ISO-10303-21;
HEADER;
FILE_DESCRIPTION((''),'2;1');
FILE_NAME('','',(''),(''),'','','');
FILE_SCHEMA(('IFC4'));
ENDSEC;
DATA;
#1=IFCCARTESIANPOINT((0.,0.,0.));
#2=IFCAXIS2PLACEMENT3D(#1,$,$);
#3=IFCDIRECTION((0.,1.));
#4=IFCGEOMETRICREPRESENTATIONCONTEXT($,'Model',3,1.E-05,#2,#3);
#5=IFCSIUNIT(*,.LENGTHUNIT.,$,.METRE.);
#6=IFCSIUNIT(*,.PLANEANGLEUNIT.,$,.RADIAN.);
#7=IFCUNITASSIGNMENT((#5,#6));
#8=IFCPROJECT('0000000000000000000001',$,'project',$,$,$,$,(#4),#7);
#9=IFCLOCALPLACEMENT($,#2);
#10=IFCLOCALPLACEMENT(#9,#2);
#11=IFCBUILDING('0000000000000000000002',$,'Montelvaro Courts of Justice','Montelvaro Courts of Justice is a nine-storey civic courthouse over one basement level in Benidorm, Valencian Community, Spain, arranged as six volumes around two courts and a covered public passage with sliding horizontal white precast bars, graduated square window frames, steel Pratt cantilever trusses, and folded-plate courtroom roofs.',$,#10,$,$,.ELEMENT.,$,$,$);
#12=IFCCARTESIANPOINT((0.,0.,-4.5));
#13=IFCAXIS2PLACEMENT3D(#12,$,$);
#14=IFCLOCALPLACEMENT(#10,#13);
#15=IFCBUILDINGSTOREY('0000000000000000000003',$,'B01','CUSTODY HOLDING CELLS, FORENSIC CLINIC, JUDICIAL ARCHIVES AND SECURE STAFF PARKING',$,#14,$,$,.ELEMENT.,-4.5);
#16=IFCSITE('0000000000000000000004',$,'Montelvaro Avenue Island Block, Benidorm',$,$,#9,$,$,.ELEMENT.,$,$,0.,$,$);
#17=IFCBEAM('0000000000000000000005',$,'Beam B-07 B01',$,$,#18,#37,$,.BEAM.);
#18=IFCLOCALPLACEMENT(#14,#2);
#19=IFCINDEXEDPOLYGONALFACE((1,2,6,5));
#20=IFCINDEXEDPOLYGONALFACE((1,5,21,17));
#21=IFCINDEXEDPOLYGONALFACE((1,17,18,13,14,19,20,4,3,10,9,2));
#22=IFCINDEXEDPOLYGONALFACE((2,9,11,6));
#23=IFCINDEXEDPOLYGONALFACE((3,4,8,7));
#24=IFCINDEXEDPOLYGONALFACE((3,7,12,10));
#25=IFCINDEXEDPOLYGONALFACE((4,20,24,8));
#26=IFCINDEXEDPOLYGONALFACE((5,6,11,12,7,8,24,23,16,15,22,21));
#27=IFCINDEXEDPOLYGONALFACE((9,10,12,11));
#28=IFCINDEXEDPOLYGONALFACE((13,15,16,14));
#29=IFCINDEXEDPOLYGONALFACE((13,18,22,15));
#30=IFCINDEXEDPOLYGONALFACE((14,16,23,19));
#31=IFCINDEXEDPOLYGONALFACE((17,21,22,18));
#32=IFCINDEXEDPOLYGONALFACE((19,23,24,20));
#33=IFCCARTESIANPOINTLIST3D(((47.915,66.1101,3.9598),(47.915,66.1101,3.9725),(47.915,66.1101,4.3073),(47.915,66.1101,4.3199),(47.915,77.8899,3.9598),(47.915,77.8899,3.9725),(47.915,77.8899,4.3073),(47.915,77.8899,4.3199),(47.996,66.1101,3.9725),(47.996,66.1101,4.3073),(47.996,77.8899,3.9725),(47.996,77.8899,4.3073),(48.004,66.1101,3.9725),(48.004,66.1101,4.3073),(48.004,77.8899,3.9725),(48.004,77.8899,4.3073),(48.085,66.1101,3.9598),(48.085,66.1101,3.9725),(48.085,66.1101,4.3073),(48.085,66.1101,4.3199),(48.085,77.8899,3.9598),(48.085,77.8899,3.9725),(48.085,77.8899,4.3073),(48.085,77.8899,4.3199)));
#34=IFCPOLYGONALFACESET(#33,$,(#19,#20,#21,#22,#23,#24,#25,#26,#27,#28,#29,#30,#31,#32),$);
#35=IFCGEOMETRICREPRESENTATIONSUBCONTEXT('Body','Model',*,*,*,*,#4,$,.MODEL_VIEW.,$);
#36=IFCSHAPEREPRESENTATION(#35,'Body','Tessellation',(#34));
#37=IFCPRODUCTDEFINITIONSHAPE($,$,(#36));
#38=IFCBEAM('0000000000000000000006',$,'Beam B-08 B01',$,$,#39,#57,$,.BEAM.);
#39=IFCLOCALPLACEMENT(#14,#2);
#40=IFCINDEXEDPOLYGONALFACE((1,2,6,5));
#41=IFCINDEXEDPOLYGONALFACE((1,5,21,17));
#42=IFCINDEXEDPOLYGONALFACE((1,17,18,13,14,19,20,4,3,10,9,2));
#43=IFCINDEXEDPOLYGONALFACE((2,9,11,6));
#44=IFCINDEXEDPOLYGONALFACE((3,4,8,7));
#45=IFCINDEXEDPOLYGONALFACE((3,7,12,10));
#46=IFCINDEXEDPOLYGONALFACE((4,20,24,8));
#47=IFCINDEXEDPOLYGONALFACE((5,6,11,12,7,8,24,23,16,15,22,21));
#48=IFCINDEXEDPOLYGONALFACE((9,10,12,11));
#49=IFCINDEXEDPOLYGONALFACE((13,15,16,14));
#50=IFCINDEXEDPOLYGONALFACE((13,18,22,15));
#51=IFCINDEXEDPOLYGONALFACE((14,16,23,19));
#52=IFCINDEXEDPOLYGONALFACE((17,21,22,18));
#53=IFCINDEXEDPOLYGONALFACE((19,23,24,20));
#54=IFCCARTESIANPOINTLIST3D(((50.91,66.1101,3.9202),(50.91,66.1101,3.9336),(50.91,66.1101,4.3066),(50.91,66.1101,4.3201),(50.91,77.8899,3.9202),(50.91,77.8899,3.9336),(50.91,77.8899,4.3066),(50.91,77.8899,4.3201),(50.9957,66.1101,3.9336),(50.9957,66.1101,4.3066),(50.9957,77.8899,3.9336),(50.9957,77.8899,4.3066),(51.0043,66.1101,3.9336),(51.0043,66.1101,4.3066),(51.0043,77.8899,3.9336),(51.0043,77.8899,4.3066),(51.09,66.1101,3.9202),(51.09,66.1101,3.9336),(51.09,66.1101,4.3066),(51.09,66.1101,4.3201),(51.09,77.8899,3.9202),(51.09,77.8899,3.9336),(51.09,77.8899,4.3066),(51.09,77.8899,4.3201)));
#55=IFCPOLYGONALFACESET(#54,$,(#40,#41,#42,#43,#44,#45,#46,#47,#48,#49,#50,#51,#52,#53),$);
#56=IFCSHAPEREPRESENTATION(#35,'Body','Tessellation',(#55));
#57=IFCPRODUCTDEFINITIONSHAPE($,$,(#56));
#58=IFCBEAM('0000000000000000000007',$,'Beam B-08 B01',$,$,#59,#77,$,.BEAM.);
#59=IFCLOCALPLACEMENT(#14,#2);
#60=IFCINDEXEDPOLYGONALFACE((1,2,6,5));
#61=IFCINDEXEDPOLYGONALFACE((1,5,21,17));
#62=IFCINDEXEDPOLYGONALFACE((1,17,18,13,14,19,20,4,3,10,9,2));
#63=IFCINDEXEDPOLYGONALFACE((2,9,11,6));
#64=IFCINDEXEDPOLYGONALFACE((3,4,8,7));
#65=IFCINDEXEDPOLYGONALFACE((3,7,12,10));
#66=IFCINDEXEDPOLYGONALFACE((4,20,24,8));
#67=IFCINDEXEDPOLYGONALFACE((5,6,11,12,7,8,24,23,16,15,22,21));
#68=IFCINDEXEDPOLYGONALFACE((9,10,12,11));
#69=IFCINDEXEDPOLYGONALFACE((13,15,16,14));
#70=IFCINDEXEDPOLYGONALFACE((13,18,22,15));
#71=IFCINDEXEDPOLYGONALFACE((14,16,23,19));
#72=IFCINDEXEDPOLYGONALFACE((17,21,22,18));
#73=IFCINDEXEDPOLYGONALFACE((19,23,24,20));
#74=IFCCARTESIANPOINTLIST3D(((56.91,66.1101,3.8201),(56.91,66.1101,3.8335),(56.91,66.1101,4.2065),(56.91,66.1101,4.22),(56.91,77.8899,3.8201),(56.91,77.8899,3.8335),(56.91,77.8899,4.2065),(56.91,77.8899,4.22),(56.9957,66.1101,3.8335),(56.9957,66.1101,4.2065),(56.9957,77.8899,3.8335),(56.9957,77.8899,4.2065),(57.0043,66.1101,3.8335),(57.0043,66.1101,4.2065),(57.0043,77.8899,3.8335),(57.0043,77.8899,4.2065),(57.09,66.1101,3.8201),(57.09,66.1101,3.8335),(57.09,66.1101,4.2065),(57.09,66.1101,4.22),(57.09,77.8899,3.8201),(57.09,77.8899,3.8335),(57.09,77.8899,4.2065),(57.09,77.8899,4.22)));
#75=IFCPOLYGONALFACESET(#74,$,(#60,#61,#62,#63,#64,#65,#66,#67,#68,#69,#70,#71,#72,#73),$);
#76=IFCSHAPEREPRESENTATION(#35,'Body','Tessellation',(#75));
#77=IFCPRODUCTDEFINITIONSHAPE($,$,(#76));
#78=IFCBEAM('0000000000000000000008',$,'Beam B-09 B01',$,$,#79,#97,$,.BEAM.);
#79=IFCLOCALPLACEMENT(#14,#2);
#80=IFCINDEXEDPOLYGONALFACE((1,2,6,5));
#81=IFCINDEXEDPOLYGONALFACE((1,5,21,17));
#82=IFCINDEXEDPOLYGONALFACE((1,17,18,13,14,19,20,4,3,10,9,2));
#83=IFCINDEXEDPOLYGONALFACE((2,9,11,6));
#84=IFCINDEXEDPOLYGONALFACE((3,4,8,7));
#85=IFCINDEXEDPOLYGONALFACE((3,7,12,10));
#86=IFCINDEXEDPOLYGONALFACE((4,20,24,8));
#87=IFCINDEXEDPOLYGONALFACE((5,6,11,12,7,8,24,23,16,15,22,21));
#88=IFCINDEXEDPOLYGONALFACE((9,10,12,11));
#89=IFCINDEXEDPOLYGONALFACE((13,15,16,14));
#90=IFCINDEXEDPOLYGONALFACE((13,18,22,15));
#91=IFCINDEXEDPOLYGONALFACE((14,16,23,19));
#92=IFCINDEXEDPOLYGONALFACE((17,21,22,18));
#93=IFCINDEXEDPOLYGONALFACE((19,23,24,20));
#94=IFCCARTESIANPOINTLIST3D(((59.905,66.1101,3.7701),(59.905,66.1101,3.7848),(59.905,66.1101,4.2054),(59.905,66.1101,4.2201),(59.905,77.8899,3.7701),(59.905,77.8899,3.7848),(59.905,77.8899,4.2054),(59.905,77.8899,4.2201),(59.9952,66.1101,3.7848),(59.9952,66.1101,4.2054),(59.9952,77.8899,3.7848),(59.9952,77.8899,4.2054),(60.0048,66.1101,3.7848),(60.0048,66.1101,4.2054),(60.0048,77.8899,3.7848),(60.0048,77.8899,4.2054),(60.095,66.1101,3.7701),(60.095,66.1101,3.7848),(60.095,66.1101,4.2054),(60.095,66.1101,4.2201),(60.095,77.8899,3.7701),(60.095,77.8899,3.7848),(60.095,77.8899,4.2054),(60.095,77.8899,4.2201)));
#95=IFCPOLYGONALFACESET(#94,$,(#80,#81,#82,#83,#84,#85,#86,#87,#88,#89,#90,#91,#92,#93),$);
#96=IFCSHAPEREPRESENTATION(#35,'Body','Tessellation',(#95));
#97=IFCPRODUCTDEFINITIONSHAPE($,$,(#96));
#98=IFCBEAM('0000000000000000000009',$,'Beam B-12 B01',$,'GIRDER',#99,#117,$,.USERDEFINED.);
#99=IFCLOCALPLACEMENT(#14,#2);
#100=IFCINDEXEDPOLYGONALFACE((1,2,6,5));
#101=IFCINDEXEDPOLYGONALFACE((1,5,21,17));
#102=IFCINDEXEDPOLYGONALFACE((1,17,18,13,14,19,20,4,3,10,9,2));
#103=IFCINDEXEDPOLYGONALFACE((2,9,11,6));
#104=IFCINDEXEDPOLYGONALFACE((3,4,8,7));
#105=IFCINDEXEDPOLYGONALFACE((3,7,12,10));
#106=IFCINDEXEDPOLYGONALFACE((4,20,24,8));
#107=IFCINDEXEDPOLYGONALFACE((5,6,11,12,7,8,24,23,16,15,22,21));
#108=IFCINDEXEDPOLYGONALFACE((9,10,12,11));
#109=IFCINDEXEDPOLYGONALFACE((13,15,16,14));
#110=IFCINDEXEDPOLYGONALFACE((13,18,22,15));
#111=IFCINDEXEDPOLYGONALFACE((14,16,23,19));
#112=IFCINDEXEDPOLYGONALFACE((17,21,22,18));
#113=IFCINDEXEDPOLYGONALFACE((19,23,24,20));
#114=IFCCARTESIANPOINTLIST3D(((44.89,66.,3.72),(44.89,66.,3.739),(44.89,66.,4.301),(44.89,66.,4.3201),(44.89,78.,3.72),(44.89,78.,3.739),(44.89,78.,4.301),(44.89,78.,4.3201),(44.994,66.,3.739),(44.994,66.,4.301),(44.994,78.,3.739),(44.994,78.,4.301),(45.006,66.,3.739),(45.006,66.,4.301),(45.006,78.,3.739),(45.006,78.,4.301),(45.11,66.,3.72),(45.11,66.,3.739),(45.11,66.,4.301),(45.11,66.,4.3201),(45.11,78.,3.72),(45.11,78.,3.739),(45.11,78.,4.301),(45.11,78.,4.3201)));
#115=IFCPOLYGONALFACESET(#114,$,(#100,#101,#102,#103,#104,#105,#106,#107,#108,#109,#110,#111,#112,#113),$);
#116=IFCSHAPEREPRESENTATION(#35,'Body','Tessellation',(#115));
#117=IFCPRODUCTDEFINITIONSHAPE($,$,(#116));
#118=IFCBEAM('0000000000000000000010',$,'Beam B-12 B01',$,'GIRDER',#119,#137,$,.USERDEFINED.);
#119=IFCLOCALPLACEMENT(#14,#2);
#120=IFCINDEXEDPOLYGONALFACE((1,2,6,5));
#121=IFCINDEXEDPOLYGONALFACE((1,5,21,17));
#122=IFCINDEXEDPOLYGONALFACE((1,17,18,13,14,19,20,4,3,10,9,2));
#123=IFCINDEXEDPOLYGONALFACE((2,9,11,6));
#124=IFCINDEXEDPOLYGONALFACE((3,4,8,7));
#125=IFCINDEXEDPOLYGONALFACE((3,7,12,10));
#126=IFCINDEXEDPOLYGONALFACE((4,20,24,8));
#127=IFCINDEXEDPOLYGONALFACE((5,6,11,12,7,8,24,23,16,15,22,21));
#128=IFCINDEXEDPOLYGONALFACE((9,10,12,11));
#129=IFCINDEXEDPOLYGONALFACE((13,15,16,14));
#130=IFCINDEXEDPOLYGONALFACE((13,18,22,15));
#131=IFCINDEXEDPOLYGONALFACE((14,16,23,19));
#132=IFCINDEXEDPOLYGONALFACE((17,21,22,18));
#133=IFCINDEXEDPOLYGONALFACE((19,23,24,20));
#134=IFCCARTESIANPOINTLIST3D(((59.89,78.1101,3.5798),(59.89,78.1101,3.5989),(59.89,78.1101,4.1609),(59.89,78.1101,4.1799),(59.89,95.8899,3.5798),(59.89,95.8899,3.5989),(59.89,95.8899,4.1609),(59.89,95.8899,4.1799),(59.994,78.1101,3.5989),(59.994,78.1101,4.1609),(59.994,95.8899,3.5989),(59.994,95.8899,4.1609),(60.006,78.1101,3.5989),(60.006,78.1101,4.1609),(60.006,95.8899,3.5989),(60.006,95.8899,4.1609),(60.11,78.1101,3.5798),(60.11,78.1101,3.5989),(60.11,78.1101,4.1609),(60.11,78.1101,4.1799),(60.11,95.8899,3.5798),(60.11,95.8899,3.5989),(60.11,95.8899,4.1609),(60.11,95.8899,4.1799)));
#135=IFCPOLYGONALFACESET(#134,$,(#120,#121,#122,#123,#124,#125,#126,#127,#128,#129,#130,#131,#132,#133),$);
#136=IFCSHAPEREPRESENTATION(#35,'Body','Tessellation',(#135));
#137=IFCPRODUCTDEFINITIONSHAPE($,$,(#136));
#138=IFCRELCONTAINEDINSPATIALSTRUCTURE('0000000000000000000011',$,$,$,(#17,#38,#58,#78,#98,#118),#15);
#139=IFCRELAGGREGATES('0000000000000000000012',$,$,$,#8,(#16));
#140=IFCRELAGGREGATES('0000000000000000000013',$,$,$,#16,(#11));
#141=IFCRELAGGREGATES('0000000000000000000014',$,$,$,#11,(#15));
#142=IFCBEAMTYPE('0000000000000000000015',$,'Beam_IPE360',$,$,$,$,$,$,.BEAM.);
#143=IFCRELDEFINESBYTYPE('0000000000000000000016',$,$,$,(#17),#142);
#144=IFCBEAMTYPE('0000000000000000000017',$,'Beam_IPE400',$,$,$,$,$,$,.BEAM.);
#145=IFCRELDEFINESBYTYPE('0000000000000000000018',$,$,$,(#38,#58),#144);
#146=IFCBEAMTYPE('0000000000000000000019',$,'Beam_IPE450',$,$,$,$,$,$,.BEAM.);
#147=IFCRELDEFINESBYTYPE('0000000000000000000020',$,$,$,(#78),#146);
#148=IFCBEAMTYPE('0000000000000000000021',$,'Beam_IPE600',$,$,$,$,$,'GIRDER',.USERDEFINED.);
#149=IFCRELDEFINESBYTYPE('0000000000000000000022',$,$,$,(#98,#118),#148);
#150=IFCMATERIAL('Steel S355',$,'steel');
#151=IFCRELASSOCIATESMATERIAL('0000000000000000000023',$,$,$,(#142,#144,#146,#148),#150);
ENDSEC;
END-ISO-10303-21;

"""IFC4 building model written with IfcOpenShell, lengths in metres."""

from ifc_helpers import new_model, si_unit, direction, frame, origin, origin_2d, place, context, subcontext, project, spatial, i_section, extrude, material, material_profile, profile_set, type_object, element, save


model = new_model("IFC4")

# Units and contexts
model_context = context("Model", 3, precision=1e-05, world=origin(), true_north=direction((0.0, 1.0)))
body_context = subcontext(model_context, "Body", "Model", "MODEL_VIEW")
ifc_project = project(units=[si_unit("LENGTHUNIT", "METRE"), si_unit("PLANEANGLEUNIT", "RADIAN")], contexts=[model_context])

# Site, building, storey
site_placement = place(None, origin())
site = spatial("IfcSite", under=ifc_project, at=site_placement, Name="Montelvaro Avenue Island Block, Benidorm", CompositionType="ELEMENT", RefElevation=0.0)
building_placement = place(site_placement, origin())
building = spatial("IfcBuilding", under=site, at=building_placement, Name="Montelvaro Courts of Justice", Description="Montelvaro Courts of Justice is a nine-storey civic courthouse over one basement level in Benidorm, Valencian Community, Spain, arranged as six volumes around two courts and a covered public passage with sliding horizontal white precast bars, graduated square window frames, steel Pratt cantilever trusses, and folded-plate courtroom roofs.", CompositionType="ELEMENT")
storey_placement = place(building_placement, frame((0.0, 0.0, -4.5)))
storey = spatial("IfcBuildingStorey", under=building, at=storey_placement, Name="B01", Description="CUSTODY HOLDING CELLS, FORENSIC CLINIC, JUDICIAL ARCHIVES AND SECURE STAFF PARKING", CompositionType="ELEMENT", Elevation=-4.5)

# Beams
ifc_material_1 = material(Name="Steel S355", Category="steel")
ifc_material_profile_1 = material_profile(ifc_material_1, i_section(OverallWidth=0.1699, OverallDepth=0.3601, WebThickness=0.0081, FlangeThickness=0.0127, at=origin_2d()), Name="IPE 360")
ifc_profile_set_1 = profile_set([ifc_material_profile_1], Name="Steel S355")
beam_type_1 = type_object("IfcBeamType", Name="Beam_IPE360", PredefinedType="BEAM", material=ifc_profile_set_1)
beam_1_placement = place(storey_placement, frame((48.0, 66.1101, 4.1399), z_axis=(0.0, 1.0, 0.0), x_axis=(-1.0, 0.0, 0.0)))
element("IfcBeam", 1, at=beam_1_placement, inside=storey, type_object=beam_type_1, Name="Beam B-07 B01", PredefinedType="BEAM", context=body_context, shape_type="SweptSolid", body=[
    extrude(i_section(OverallWidth=0.1699, OverallDepth=0.3601, WebThickness=0.0081, FlangeThickness=0.0127, at=origin_2d()), origin(), (0.0, 0.0, 1.0), 11.7798),
])
ifc_material_profile_2 = material_profile(ifc_material_1, i_section(OverallWidth=0.1799, OverallDepth=0.3999, WebThickness=0.0085, FlangeThickness=0.0134, at=origin_2d()), Name="IPE 400")
ifc_profile_set_2 = profile_set([ifc_material_profile_2], Name="Steel S355")
beam_type_2 = type_object("IfcBeamType", Name="Beam_IPE400", PredefinedType="BEAM", material=ifc_profile_set_2)
for number, where, z_axis, x_axis, name in (
    (2, (51.0, 66.1101, 4.1201), (0.0, 1.0, 0.0), (-1.0, 0.0, 0.0), "Beam B-08 B01"),
    (3, (57.0, 66.1101, 4.02), (0.0, 1.0, 0.0), (-1.0, 0.0, 0.0), "Beam B-08 B01"),
):
    element("IfcBeam", number, at=place(storey_placement, frame(where, z_axis=z_axis, x_axis=x_axis)), inside=storey, type_object=beam_type_2, Name=name, PredefinedType="BEAM", context=body_context, shape_type="SweptSolid", body=[
        extrude(i_section(OverallWidth=0.1799, OverallDepth=0.3999, WebThickness=0.0085, FlangeThickness=0.0134, at=origin_2d()), origin(), (0.0, 0.0, 1.0), 11.7798),
    ])
ifc_material_profile_3 = material_profile(ifc_material_1, i_section(OverallWidth=0.1899, OverallDepth=0.45, WebThickness=0.0095, FlangeThickness=0.0146, at=origin_2d()), Name="IPE 450")
ifc_profile_set_3 = profile_set([ifc_material_profile_3], Name="Steel S355")
beam_type_3 = type_object("IfcBeamType", Name="Beam_IPE450", PredefinedType="BEAM", material=ifc_profile_set_3)
beam_2_placement = place(storey_placement, frame((60.0, 66.1101, 3.9951), z_axis=(0.0, 1.0, 0.0), x_axis=(-1.0, 0.0, 0.0)))
element("IfcBeam", 4, at=beam_2_placement, inside=storey, type_object=beam_type_3, Name="Beam B-09 B01", PredefinedType="BEAM", context=body_context, shape_type="SweptSolid", body=[
    extrude(i_section(OverallWidth=0.1899, OverallDepth=0.45, WebThickness=0.0095, FlangeThickness=0.0146, at=origin_2d()), origin(), (0.0, 0.0, 1.0), 11.7798),
])
ifc_material_profile_4 = material_profile(ifc_material_1, i_section(OverallWidth=0.22, OverallDepth=0.6001, WebThickness=0.012, FlangeThickness=0.019, at=origin_2d()), Name="IPE 600")
ifc_profile_set_4 = profile_set([ifc_material_profile_4], Name="Steel S355")
beam_type_4 = type_object("IfcBeamType", Name="Beam_IPE600", ElementType="GIRDER", PredefinedType="USERDEFINED", material=ifc_profile_set_4)
beam_3_placement = place(storey_placement, frame((45.0, 66.0, 4.02), z_axis=(0.0, 1.0, 0.0), x_axis=(-1.0, 0.0, 0.0)))
element("IfcBeam", 5, at=beam_3_placement, inside=storey, type_object=beam_type_4, Name="Beam B-12 B01", ObjectType="GIRDER", PredefinedType="USERDEFINED", context=body_context, shape_type="SweptSolid", body=[
    extrude(i_section(OverallWidth=0.22, OverallDepth=0.6001, WebThickness=0.012, FlangeThickness=0.019, at=origin_2d()), origin(), (0.0, 0.0, 1.0), 12.0),
])
beam_4_placement = place(storey_placement, frame((60.0, 78.1101, 3.8799), z_axis=(0.0, 1.0, 0.0), x_axis=(-1.0, 0.0, 0.0)))
element("IfcBeam", 6, at=beam_4_placement, inside=storey, type_object=beam_type_4, Name="Beam B-12 B01", ObjectType="GIRDER", PredefinedType="USERDEFINED", context=body_context, shape_type="SweptSolid", body=[
    extrude(i_section(OverallWidth=0.22, OverallDepth=0.6001, WebThickness=0.012, FlangeThickness=0.019, at=origin_2d()), origin(), (0.0, 0.0, 1.0), 17.7798),
])

save(model, "model.ifc")
